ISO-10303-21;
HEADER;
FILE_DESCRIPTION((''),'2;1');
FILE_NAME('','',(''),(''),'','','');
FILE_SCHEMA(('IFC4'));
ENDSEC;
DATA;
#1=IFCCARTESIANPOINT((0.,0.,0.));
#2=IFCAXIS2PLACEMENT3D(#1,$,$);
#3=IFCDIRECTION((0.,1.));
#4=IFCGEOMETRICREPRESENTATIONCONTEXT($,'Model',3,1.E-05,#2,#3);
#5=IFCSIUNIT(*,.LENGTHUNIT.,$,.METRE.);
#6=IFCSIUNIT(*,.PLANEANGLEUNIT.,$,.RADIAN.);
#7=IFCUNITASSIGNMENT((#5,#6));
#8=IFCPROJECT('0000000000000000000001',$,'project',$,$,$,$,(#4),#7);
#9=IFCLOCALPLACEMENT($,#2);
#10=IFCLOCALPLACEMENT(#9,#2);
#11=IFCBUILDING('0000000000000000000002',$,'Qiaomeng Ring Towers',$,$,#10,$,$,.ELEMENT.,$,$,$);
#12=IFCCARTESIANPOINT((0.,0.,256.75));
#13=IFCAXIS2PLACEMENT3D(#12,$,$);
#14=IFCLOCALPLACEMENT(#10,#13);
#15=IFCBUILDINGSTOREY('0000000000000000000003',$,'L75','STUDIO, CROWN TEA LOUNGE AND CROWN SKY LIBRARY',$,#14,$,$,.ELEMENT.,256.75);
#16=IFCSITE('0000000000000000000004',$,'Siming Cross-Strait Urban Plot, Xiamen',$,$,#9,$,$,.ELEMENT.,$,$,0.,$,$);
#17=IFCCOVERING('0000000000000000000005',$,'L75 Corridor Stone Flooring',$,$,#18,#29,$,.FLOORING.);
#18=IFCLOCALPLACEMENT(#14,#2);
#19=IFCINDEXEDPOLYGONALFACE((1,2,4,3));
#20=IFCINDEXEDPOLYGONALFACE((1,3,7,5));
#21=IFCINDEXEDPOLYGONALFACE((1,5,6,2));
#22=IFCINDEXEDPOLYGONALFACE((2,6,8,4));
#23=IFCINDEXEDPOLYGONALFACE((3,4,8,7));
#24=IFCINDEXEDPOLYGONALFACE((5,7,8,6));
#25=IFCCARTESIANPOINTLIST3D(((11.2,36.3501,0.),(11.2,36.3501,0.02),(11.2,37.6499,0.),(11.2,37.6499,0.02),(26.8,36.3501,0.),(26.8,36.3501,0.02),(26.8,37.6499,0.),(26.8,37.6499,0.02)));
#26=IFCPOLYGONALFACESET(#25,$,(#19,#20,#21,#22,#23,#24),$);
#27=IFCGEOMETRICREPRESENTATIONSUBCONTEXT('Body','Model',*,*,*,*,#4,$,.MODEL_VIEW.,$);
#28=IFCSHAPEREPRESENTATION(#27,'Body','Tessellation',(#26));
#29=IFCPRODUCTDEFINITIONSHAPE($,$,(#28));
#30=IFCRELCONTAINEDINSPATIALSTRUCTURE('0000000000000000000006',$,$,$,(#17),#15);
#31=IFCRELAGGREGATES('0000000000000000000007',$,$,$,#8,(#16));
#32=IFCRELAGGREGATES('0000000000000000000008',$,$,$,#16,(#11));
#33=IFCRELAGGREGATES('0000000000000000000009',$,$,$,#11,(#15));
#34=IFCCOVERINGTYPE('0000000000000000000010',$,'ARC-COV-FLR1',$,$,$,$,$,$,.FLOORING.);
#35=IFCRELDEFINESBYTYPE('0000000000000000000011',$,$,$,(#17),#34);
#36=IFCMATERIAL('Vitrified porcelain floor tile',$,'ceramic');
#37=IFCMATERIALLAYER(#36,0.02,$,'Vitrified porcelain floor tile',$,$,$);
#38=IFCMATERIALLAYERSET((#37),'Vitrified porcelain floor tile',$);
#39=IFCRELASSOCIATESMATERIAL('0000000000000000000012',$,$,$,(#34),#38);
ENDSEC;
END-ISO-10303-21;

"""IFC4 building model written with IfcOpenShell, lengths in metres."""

from ifc_helpers import new_model, si_unit, direction, frame, origin, place, context, subcontext, project, spatial, polyline, outline, extrude, material, layer, layer_set, type_object, element, save


model = new_model("IFC4")

# Units and contexts
model_context = context("Model", 3, precision=1e-05, world=origin(), true_north=direction((0.0, 1.0)))
body_context = subcontext(model_context, "Body", "Model", "MODEL_VIEW")
ifc_project = project(units=[si_unit("LENGTHUNIT", "METRE"), si_unit("PLANEANGLEUNIT", "RADIAN")], contexts=[model_context])

# Site, building, storey
site_placement = place(None, origin())
site = spatial("IfcSite", under=ifc_project, at=site_placement, Name="Siming Cross-Strait Urban Plot, Xiamen", CompositionType="ELEMENT", RefElevation=0.0)
building_placement = place(site_placement, origin())
building = spatial("IfcBuilding", under=site, at=building_placement, Name="Qiaomeng Ring Towers", CompositionType="ELEMENT")
storey_placement = place(building_placement, frame((0.0, 0.0, 256.75)))
storey = spatial("IfcBuildingStorey", under=building, at=storey_placement, Name="L75", Description="STUDIO, CROWN TEA LOUNGE AND CROWN SKY LIBRARY", CompositionType="ELEMENT", Elevation=256.75)

# Covering
ifc_material_1 = material(Name="Vitrified porcelain floor tile", Category="ceramic")
ifc_layer_1 = layer(ifc_material_1, 0.02, Name="Vitrified porcelain floor tile")
ifc_layer_set_1 = layer_set([ifc_layer_1], Name="Vitrified porcelain floor tile")
covering_type_1 = type_object("IfcCoveringType", Name="ARC-COV-FLR1", PredefinedType="FLOORING", material=ifc_layer_set_1)
covering_1_placement = place(storey_placement, origin())
element("IfcCovering", 1, at=covering_1_placement, inside=storey, type_object=covering_type_1, Name="L75 Corridor Stone Flooring", PredefinedType="FLOORING", context=body_context, shape_type="SweptSolid", body=[
    extrude(outline(polyline([(11.2, 36.3501), (11.2, 37.6499), (26.8, 37.6499), (26.8, 36.3501), (11.2, 36.3501)])), origin(), (0.0, 0.0, 1.0), 0.02),
])

save(model, "model.ifc")
